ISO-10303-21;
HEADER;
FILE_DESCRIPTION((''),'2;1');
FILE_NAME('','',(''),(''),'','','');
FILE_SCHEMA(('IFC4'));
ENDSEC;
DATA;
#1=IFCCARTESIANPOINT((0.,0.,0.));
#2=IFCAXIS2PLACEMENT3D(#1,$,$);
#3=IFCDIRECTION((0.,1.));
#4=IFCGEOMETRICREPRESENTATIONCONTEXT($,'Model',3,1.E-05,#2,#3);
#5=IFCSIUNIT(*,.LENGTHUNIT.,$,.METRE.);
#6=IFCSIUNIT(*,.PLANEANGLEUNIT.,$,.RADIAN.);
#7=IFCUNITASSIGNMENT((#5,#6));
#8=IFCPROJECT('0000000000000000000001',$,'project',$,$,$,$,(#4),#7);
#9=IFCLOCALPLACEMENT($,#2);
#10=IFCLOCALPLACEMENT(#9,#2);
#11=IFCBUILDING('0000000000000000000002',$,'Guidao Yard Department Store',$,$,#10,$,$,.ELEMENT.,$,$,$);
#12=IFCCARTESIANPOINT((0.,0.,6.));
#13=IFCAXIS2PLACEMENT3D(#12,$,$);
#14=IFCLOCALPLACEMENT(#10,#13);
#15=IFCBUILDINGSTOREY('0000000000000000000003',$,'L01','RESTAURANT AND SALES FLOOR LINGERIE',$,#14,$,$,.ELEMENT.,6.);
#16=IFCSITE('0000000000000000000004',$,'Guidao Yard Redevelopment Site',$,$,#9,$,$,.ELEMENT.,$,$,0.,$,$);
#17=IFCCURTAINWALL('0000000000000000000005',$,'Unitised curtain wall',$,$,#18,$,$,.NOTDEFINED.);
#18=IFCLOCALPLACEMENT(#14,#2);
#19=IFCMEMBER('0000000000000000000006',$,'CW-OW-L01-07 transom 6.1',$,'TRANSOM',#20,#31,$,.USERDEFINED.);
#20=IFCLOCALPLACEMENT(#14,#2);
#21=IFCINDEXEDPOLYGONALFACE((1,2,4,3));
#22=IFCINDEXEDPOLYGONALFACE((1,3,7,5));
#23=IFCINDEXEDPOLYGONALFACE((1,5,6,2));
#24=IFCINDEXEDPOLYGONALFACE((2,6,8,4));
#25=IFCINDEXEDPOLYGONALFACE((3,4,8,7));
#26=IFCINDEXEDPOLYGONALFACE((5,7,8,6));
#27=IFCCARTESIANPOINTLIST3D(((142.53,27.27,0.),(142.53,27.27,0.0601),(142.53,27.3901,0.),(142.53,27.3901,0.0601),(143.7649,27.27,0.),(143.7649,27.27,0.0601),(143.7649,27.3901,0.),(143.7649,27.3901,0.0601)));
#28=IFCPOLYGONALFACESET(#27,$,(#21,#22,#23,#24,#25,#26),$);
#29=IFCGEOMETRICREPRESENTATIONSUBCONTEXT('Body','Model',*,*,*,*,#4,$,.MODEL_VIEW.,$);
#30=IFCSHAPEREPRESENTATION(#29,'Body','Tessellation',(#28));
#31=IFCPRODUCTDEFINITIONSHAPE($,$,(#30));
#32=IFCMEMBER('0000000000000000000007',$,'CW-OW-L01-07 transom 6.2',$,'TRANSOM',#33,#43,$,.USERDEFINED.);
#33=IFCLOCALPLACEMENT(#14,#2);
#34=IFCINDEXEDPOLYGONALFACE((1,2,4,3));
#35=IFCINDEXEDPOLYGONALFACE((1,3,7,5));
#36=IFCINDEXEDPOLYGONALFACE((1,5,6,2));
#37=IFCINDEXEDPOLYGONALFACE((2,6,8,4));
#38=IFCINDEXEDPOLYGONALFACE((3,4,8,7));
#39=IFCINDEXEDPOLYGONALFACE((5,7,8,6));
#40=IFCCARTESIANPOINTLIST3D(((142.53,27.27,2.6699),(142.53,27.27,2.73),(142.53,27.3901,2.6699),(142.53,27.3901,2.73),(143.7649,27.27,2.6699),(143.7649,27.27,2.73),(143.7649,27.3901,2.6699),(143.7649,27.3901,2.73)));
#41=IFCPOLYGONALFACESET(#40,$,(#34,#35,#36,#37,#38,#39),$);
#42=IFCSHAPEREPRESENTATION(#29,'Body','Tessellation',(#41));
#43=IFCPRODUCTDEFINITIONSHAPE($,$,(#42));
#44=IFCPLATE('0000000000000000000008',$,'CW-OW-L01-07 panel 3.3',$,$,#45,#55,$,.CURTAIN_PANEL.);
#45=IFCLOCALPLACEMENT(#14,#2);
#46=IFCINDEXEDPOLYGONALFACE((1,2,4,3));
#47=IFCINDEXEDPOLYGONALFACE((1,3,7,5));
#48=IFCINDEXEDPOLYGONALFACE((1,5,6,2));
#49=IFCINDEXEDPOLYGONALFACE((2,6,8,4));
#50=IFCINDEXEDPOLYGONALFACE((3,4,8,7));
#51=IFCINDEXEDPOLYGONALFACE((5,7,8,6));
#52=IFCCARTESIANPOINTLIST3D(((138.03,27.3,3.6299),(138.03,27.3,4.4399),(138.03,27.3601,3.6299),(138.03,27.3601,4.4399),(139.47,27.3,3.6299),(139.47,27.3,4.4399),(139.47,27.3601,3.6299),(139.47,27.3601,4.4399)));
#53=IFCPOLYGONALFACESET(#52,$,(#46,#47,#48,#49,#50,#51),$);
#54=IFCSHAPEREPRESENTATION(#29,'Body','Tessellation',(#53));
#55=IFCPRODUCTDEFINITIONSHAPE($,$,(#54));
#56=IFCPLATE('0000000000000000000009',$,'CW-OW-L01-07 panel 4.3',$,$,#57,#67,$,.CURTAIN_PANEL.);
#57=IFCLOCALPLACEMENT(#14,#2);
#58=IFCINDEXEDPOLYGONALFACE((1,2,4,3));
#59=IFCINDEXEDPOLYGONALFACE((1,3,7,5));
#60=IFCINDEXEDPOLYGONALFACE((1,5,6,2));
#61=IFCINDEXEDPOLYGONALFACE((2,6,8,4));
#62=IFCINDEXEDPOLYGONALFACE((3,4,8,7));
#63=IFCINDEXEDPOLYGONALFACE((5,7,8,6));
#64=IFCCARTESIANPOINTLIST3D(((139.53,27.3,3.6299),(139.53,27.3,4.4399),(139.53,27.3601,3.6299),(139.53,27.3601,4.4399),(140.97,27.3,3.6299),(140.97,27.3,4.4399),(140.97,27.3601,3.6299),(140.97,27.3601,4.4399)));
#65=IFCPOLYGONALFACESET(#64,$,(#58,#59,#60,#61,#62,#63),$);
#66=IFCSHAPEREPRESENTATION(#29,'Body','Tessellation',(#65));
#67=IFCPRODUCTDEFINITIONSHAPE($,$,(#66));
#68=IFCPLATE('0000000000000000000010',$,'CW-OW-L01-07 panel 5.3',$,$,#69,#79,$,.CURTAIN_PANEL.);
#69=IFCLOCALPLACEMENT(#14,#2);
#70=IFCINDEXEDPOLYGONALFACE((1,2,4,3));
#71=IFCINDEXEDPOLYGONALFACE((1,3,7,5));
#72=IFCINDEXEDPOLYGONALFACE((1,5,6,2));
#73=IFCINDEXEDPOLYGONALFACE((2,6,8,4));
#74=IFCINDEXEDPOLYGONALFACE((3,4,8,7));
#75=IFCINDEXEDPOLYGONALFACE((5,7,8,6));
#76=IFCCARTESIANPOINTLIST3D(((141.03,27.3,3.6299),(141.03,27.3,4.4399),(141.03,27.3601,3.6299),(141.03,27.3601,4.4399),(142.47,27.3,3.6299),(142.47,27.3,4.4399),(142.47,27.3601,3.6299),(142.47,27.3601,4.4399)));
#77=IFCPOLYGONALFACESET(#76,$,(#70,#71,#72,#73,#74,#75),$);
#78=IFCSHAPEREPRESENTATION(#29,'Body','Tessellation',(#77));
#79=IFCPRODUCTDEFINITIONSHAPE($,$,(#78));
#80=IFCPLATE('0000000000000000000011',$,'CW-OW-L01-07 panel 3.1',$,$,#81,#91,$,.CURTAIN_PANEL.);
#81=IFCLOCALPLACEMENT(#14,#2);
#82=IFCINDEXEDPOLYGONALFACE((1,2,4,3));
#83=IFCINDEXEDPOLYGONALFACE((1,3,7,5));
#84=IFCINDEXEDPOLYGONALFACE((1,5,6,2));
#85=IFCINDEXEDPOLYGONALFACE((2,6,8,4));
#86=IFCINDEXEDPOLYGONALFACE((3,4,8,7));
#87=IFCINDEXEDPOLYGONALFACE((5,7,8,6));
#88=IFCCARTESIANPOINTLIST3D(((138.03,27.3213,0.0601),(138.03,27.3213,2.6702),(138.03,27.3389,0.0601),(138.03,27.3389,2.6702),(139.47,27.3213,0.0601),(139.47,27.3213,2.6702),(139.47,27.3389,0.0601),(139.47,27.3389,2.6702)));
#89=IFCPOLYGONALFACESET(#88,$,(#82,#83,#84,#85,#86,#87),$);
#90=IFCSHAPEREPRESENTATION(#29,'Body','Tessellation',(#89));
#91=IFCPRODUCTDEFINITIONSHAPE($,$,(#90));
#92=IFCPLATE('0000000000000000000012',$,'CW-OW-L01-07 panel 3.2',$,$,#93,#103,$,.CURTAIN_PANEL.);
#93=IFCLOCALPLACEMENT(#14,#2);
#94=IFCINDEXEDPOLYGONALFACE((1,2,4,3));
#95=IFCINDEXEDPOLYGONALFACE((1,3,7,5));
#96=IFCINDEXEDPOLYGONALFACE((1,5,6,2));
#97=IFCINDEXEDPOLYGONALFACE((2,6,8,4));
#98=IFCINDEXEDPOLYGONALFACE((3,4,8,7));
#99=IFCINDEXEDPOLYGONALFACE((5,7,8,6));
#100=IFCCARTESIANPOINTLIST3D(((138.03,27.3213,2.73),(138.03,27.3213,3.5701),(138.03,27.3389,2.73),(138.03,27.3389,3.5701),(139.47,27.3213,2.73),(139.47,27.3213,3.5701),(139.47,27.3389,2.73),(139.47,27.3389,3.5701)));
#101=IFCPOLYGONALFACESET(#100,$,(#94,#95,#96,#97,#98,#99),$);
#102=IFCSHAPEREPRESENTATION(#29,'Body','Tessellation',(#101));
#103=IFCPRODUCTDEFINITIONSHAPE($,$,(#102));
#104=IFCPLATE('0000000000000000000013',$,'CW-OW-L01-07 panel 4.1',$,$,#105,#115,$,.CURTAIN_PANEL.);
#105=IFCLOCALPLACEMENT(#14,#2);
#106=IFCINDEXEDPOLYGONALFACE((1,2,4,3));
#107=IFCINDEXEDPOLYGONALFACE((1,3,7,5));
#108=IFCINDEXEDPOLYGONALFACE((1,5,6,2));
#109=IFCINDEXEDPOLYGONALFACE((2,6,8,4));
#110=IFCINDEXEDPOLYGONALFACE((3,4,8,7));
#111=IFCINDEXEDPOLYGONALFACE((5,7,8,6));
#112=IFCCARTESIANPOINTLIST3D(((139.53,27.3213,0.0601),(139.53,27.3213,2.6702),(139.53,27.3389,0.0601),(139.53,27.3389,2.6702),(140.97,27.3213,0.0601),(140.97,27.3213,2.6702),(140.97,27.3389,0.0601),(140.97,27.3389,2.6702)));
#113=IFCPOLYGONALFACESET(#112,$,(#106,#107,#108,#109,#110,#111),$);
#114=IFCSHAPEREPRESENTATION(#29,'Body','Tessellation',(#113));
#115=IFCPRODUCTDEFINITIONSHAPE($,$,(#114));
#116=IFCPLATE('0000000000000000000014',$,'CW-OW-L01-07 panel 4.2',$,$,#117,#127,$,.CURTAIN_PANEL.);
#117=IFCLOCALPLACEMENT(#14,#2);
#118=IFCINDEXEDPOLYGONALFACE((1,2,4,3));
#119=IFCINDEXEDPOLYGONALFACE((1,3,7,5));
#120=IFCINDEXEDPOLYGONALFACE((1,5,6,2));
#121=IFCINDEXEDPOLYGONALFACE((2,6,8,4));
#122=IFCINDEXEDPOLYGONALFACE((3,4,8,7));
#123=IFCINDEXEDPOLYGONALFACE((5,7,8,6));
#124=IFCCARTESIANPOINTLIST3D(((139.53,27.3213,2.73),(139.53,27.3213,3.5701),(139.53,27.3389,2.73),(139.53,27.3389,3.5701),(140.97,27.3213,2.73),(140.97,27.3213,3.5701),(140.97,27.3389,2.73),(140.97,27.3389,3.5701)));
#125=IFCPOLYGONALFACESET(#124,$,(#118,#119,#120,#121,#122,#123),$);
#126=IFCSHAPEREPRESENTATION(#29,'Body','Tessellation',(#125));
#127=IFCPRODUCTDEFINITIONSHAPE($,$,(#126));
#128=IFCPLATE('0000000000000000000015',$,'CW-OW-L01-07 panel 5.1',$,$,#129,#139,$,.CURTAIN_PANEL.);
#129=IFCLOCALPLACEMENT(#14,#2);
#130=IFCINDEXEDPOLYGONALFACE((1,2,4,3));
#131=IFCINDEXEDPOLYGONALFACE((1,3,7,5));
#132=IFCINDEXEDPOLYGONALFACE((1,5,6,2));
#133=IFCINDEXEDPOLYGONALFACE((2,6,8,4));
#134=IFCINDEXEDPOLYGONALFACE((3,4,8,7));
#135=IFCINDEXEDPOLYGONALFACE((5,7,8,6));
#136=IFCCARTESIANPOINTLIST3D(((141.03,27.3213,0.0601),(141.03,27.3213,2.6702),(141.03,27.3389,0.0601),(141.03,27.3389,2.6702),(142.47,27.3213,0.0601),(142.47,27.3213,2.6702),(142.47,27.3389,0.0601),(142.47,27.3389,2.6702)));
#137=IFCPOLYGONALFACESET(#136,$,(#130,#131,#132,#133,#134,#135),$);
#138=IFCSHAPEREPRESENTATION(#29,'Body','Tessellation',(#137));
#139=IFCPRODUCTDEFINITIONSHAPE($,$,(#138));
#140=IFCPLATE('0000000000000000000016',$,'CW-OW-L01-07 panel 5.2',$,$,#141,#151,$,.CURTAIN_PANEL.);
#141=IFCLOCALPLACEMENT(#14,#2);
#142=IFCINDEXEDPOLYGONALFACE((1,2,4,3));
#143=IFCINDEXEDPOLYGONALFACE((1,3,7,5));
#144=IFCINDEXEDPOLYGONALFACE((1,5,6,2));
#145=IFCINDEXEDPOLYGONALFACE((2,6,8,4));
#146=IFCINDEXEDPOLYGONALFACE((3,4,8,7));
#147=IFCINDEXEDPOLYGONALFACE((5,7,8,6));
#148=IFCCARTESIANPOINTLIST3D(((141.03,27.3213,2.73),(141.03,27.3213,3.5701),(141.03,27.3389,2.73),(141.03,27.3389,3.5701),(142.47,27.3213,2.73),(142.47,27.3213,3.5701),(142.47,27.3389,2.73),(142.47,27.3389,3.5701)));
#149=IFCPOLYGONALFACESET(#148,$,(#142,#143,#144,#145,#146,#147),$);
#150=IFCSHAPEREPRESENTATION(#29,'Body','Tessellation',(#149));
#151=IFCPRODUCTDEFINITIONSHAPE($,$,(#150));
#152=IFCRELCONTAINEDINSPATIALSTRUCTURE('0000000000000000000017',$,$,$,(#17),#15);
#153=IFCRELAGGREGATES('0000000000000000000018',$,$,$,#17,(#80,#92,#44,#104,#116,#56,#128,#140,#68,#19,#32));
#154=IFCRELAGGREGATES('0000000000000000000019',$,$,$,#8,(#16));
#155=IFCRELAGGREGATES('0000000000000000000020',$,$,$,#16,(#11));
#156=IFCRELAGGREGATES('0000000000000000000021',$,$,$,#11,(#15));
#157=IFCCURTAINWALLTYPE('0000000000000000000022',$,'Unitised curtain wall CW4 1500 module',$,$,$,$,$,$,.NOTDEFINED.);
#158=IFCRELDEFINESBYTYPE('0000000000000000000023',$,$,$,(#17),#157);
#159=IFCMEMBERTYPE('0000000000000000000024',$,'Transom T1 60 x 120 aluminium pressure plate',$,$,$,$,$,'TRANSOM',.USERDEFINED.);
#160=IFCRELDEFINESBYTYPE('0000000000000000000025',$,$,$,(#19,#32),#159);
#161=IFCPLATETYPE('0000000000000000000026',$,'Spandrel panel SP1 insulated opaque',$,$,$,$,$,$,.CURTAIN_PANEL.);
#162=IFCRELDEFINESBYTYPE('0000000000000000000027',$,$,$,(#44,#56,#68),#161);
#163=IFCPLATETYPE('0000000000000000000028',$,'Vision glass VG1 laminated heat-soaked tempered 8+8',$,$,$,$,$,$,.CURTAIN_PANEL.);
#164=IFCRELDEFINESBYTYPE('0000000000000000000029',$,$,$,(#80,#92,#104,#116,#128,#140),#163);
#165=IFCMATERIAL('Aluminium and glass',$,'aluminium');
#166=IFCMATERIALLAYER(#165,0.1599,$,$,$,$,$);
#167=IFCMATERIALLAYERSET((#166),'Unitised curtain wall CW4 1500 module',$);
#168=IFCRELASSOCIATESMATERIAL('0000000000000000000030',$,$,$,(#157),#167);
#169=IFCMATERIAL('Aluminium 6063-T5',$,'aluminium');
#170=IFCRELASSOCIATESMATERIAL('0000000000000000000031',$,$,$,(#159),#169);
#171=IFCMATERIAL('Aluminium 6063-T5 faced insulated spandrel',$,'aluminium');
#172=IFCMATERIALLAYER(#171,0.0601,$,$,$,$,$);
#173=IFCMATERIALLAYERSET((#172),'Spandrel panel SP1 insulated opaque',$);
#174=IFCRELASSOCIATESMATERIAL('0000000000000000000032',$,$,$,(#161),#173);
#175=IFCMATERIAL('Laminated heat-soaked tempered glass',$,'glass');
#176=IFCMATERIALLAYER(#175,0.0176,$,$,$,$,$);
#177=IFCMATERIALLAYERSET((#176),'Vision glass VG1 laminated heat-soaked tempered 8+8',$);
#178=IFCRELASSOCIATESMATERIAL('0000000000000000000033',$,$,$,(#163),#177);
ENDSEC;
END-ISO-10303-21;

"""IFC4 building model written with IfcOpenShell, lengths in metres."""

from ifc_helpers import new_model, si_unit, direction, frame, origin, origin_2d, place, context, subcontext, project, spatial, rectangle, extrude, material, layer, layer_set, material_profile, profile_set, type_object, element, aggregate, save


model = new_model("IFC4")

# Units and contexts
model_context = context("Model", 3, precision=1e-05, world=origin(), true_north=direction((0.0, 1.0)))
body_context = subcontext(model_context, "Body", "Model", "MODEL_VIEW")
ifc_project = project(units=[si_unit("LENGTHUNIT", "METRE"), si_unit("PLANEANGLEUNIT", "RADIAN")], contexts=[model_context])

# Site, building, storey
site_placement = place(None, origin())
site = spatial("IfcSite", under=ifc_project, at=site_placement, Name="Guidao Yard Redevelopment Site", CompositionType="ELEMENT", RefElevation=0.0)
building_placement = place(site_placement, origin())
building = spatial("IfcBuilding", under=site, at=building_placement, Name="Guidao Yard Department Store", CompositionType="ELEMENT")
storey_placement = place(building_placement, frame((0.0, 0.0, 6.0)))
storey = spatial("IfcBuildingStorey", under=building, at=storey_placement, Name="L01", Description="RESTAURANT AND SALES FLOOR LINGERIE", CompositionType="ELEMENT", Elevation=6.0)

# Curtain wall, members, plates
ifc_material_1 = material(Name="Aluminium and glass", Category="aluminium")
ifc_layer_1 = layer(ifc_material_1, 0.1599)
ifc_layer_set_1 = layer_set([ifc_layer_1], Name="Unitised curtain wall CW4 1500 module")
curtain_wall_type = type_object("IfcCurtainWallType", Name="Unitised curtain wall CW4 1500 module", PredefinedType="NOTDEFINED", material=ifc_layer_set_1)
curtain_wall_placement = place(storey_placement, origin())
curtain_wall = element("IfcCurtainWall", 1, at=curtain_wall_placement, inside=storey, type_object=curtain_wall_type, Name="Unitised curtain wall", PredefinedType="NOTDEFINED")
ifc_material_2 = material(Name="Aluminium 6063-T5", Category="aluminium")
ifc_material_profile_1 = material_profile(ifc_material_2, rectangle(XDim=0.1201, YDim=0.0601, at=origin_2d()), Name="Transom T1 60 x 120 aluminium pressure plate")
ifc_profile_set_1 = profile_set([ifc_material_profile_1], Name="Aluminium 6063-T5")
member_type_1 = type_object("IfcMemberType", Name="Transom T1 60 x 120 aluminium pressure plate", ElementType="TRANSOM", PredefinedType="USERDEFINED", material=ifc_profile_set_1)
member_1_placement = place(storey_placement, frame((142.53, 27.3301, 0.03), z_axis=(1.0, 0.0, 0.0), x_axis=(0.0, 1.0, 0.0)))
member_1 = element("IfcMember", 2, at=member_1_placement, type_object=member_type_1, Name="CW-OW-L01-07 transom 6.1", ObjectType="TRANSOM", PredefinedType="USERDEFINED", context=body_context, shape_type="SweptSolid", body=[
    extrude(rectangle(XDim=0.1201, YDim=0.0601, at=origin_2d()), origin(), (0.0, 0.0, 1.0), 1.2349),
])
member_2_placement = place(storey_placement, frame((142.53, 27.3301, 2.7), z_axis=(1.0, 0.0, 0.0), x_axis=(0.0, 1.0, 0.0)))
member_2 = element("IfcMember", 3, at=member_2_placement, type_object=member_type_1, Name="CW-OW-L01-07 transom 6.2", ObjectType="TRANSOM", PredefinedType="USERDEFINED", context=body_context, shape_type="SweptSolid", body=[
    extrude(rectangle(XDim=0.1201, YDim=0.0601, at=origin_2d()), origin(), (0.0, 0.0, 1.0), 1.2349),
])
ifc_material_3 = material(Name="Aluminium 6063-T5 faced insulated spandrel", Category="aluminium")
ifc_layer_2 = layer(ifc_material_3, 0.0601)
ifc_layer_set_2 = layer_set([ifc_layer_2], Name="Spandrel panel SP1 insulated opaque")
plate_type_1 = type_object("IfcPlateType", Name="Spandrel panel SP1 insulated opaque", PredefinedType="CURTAIN_PANEL", material=ifc_layer_set_2)
plate_1_placement = place(storey_placement, frame((138.75, 27.3301, 3.6299), z_axis=(0.0, 0.0, 1.0), x_axis=(1.0, 0.0, 0.0)))
plate_1 = element("IfcPlate", 4, at=plate_1_placement, type_object=plate_type_1, Name="CW-OW-L01-07 panel 3.3", PredefinedType="CURTAIN_PANEL", context=body_context, shape_type="SweptSolid", body=[
    extrude(rectangle(XDim=1.4399, YDim=0.0601, at=origin_2d()), origin(), (0.0, 0.0, 1.0), 0.8101),
])
plate_2_placement = place(storey_placement, frame((140.25, 27.3301, 3.6299), z_axis=(0.0, 0.0, 1.0), x_axis=(1.0, 0.0, 0.0)))
plate_2 = element("IfcPlate", 5, at=plate_2_placement, type_object=plate_type_1, Name="CW-OW-L01-07 panel 4.3", PredefinedType="CURTAIN_PANEL", context=body_context, shape_type="SweptSolid", body=[
    extrude(rectangle(XDim=1.4399, YDim=0.0601, at=origin_2d()), origin(), (0.0, 0.0, 1.0), 0.8101),
])
plate_3_placement = place(storey_placement, frame((141.75, 27.3301, 3.6299), z_axis=(0.0, 0.0, 1.0), x_axis=(1.0, 0.0, 0.0)))
plate_3 = element("IfcPlate", 6, at=plate_3_placement, type_object=plate_type_1, Name="CW-OW-L01-07 panel 5.3", PredefinedType="CURTAIN_PANEL", context=body_context, shape_type="SweptSolid", body=[
    extrude(rectangle(XDim=1.4399, YDim=0.0601, at=origin_2d()), origin(), (0.0, 0.0, 1.0), 0.8101),
])
ifc_material_4 = material(Name="Laminated heat-soaked tempered glass", Category="glass")
ifc_layer_3 = layer(ifc_material_4, 0.0176)
ifc_layer_set_3 = layer_set([ifc_layer_3], Name="Vision glass VG1 laminated heat-soaked tempered 8+8")
plate_type_2 = type_object("IfcPlateType", Name="Vision glass VG1 laminated heat-soaked tempered 8+8", PredefinedType="CURTAIN_PANEL", material=ifc_layer_set_3)
plate_4_placement = place(storey_placement, frame((138.75, 27.3301, 0.0601), z_axis=(0.0, 0.0, 1.0), x_axis=(1.0, 0.0, 0.0)))
plate_4 = element("IfcPlate", 7, at=plate_4_placement, type_object=plate_type_2, Name="CW-OW-L01-07 panel 3.1", PredefinedType="CURTAIN_PANEL", context=body_context, shape_type="SweptSolid", body=[
    extrude(rectangle(XDim=1.4399, YDim=0.0176, at=origin_2d()), origin(), (0.0, 0.0, 1.0), 2.6101),
])
plate_5_placement = place(storey_placement, frame((138.75, 27.3301, 2.73), z_axis=(0.0, 0.0, 1.0), x_axis=(1.0, 0.0, 0.0)))
plate_5 = element("IfcPlate", 8, at=plate_5_placement, type_object=plate_type_2, Name="CW-OW-L01-07 panel 3.2", PredefinedType="CURTAIN_PANEL", context=body_context, shape_type="SweptSolid", body=[
    extrude(rectangle(XDim=1.4399, YDim=0.0176, at=origin_2d()), origin(), (0.0, 0.0, 1.0), 0.8401),
])
plate_6_placement = place(storey_placement, frame((140.25, 27.3301, 0.0601), z_axis=(0.0, 0.0, 1.0), x_axis=(1.0, 0.0, 0.0)))
plate_6 = element("IfcPlate", 9, at=plate_6_placement, type_object=plate_type_2, Name="CW-OW-L01-07 panel 4.1", PredefinedType="CURTAIN_PANEL", context=body_context, shape_type="SweptSolid", body=[
    extrude(rectangle(XDim=1.4399, YDim=0.0176, at=origin_2d()), origin(), (0.0, 0.0, 1.0), 2.6101),
])
plate_7_placement = place(storey_placement, frame((140.25, 27.3301, 2.73), z_axis=(0.0, 0.0, 1.0), x_axis=(1.0, 0.0, 0.0)))
plate_7 = element("IfcPlate", 10, at=plate_7_placement, type_object=plate_type_2, Name="CW-OW-L01-07 panel 4.2", PredefinedType="CURTAIN_PANEL", context=body_context, shape_type="SweptSolid", body=[
    extrude(rectangle(XDim=1.4399, YDim=0.0176, at=origin_2d()), origin(), (0.0, 0.0, 1.0), 0.8401),
])
plate_8_placement = place(storey_placement, frame((141.75, 27.3301, 0.0601), z_axis=(0.0, 0.0, 1.0), x_axis=(1.0, 0.0, 0.0)))
plate_8 = element("IfcPlate", 11, at=plate_8_placement, type_object=plate_type_2, Name="CW-OW-L01-07 panel 5.1", PredefinedType="CURTAIN_PANEL", context=body_context, shape_type="SweptSolid", body=[
    extrude(rectangle(XDim=1.4399, YDim=0.0176, at=origin_2d()), origin(), (0.0, 0.0, 1.0), 2.6101),
])
plate_9_placement = place(storey_placement, frame((141.75, 27.3301, 2.73), z_axis=(0.0, 0.0, 1.0), x_axis=(1.0, 0.0, 0.0)))
plate_9 = element("IfcPlate", 12, at=plate_9_placement, type_object=plate_type_2, Name="CW-OW-L01-07 panel 5.2", PredefinedType="CURTAIN_PANEL", context=body_context, shape_type="SweptSolid", body=[
    extrude(rectangle(XDim=1.4399, YDim=0.0176, at=origin_2d()), origin(), (0.0, 0.0, 1.0), 0.8401),
])
aggregate(curtain_wall, [plate_4, plate_5, plate_1, plate_6, plate_7, plate_2, plate_8, plate_9, plate_3, member_1, member_2])

save(model, "model.ifc")
